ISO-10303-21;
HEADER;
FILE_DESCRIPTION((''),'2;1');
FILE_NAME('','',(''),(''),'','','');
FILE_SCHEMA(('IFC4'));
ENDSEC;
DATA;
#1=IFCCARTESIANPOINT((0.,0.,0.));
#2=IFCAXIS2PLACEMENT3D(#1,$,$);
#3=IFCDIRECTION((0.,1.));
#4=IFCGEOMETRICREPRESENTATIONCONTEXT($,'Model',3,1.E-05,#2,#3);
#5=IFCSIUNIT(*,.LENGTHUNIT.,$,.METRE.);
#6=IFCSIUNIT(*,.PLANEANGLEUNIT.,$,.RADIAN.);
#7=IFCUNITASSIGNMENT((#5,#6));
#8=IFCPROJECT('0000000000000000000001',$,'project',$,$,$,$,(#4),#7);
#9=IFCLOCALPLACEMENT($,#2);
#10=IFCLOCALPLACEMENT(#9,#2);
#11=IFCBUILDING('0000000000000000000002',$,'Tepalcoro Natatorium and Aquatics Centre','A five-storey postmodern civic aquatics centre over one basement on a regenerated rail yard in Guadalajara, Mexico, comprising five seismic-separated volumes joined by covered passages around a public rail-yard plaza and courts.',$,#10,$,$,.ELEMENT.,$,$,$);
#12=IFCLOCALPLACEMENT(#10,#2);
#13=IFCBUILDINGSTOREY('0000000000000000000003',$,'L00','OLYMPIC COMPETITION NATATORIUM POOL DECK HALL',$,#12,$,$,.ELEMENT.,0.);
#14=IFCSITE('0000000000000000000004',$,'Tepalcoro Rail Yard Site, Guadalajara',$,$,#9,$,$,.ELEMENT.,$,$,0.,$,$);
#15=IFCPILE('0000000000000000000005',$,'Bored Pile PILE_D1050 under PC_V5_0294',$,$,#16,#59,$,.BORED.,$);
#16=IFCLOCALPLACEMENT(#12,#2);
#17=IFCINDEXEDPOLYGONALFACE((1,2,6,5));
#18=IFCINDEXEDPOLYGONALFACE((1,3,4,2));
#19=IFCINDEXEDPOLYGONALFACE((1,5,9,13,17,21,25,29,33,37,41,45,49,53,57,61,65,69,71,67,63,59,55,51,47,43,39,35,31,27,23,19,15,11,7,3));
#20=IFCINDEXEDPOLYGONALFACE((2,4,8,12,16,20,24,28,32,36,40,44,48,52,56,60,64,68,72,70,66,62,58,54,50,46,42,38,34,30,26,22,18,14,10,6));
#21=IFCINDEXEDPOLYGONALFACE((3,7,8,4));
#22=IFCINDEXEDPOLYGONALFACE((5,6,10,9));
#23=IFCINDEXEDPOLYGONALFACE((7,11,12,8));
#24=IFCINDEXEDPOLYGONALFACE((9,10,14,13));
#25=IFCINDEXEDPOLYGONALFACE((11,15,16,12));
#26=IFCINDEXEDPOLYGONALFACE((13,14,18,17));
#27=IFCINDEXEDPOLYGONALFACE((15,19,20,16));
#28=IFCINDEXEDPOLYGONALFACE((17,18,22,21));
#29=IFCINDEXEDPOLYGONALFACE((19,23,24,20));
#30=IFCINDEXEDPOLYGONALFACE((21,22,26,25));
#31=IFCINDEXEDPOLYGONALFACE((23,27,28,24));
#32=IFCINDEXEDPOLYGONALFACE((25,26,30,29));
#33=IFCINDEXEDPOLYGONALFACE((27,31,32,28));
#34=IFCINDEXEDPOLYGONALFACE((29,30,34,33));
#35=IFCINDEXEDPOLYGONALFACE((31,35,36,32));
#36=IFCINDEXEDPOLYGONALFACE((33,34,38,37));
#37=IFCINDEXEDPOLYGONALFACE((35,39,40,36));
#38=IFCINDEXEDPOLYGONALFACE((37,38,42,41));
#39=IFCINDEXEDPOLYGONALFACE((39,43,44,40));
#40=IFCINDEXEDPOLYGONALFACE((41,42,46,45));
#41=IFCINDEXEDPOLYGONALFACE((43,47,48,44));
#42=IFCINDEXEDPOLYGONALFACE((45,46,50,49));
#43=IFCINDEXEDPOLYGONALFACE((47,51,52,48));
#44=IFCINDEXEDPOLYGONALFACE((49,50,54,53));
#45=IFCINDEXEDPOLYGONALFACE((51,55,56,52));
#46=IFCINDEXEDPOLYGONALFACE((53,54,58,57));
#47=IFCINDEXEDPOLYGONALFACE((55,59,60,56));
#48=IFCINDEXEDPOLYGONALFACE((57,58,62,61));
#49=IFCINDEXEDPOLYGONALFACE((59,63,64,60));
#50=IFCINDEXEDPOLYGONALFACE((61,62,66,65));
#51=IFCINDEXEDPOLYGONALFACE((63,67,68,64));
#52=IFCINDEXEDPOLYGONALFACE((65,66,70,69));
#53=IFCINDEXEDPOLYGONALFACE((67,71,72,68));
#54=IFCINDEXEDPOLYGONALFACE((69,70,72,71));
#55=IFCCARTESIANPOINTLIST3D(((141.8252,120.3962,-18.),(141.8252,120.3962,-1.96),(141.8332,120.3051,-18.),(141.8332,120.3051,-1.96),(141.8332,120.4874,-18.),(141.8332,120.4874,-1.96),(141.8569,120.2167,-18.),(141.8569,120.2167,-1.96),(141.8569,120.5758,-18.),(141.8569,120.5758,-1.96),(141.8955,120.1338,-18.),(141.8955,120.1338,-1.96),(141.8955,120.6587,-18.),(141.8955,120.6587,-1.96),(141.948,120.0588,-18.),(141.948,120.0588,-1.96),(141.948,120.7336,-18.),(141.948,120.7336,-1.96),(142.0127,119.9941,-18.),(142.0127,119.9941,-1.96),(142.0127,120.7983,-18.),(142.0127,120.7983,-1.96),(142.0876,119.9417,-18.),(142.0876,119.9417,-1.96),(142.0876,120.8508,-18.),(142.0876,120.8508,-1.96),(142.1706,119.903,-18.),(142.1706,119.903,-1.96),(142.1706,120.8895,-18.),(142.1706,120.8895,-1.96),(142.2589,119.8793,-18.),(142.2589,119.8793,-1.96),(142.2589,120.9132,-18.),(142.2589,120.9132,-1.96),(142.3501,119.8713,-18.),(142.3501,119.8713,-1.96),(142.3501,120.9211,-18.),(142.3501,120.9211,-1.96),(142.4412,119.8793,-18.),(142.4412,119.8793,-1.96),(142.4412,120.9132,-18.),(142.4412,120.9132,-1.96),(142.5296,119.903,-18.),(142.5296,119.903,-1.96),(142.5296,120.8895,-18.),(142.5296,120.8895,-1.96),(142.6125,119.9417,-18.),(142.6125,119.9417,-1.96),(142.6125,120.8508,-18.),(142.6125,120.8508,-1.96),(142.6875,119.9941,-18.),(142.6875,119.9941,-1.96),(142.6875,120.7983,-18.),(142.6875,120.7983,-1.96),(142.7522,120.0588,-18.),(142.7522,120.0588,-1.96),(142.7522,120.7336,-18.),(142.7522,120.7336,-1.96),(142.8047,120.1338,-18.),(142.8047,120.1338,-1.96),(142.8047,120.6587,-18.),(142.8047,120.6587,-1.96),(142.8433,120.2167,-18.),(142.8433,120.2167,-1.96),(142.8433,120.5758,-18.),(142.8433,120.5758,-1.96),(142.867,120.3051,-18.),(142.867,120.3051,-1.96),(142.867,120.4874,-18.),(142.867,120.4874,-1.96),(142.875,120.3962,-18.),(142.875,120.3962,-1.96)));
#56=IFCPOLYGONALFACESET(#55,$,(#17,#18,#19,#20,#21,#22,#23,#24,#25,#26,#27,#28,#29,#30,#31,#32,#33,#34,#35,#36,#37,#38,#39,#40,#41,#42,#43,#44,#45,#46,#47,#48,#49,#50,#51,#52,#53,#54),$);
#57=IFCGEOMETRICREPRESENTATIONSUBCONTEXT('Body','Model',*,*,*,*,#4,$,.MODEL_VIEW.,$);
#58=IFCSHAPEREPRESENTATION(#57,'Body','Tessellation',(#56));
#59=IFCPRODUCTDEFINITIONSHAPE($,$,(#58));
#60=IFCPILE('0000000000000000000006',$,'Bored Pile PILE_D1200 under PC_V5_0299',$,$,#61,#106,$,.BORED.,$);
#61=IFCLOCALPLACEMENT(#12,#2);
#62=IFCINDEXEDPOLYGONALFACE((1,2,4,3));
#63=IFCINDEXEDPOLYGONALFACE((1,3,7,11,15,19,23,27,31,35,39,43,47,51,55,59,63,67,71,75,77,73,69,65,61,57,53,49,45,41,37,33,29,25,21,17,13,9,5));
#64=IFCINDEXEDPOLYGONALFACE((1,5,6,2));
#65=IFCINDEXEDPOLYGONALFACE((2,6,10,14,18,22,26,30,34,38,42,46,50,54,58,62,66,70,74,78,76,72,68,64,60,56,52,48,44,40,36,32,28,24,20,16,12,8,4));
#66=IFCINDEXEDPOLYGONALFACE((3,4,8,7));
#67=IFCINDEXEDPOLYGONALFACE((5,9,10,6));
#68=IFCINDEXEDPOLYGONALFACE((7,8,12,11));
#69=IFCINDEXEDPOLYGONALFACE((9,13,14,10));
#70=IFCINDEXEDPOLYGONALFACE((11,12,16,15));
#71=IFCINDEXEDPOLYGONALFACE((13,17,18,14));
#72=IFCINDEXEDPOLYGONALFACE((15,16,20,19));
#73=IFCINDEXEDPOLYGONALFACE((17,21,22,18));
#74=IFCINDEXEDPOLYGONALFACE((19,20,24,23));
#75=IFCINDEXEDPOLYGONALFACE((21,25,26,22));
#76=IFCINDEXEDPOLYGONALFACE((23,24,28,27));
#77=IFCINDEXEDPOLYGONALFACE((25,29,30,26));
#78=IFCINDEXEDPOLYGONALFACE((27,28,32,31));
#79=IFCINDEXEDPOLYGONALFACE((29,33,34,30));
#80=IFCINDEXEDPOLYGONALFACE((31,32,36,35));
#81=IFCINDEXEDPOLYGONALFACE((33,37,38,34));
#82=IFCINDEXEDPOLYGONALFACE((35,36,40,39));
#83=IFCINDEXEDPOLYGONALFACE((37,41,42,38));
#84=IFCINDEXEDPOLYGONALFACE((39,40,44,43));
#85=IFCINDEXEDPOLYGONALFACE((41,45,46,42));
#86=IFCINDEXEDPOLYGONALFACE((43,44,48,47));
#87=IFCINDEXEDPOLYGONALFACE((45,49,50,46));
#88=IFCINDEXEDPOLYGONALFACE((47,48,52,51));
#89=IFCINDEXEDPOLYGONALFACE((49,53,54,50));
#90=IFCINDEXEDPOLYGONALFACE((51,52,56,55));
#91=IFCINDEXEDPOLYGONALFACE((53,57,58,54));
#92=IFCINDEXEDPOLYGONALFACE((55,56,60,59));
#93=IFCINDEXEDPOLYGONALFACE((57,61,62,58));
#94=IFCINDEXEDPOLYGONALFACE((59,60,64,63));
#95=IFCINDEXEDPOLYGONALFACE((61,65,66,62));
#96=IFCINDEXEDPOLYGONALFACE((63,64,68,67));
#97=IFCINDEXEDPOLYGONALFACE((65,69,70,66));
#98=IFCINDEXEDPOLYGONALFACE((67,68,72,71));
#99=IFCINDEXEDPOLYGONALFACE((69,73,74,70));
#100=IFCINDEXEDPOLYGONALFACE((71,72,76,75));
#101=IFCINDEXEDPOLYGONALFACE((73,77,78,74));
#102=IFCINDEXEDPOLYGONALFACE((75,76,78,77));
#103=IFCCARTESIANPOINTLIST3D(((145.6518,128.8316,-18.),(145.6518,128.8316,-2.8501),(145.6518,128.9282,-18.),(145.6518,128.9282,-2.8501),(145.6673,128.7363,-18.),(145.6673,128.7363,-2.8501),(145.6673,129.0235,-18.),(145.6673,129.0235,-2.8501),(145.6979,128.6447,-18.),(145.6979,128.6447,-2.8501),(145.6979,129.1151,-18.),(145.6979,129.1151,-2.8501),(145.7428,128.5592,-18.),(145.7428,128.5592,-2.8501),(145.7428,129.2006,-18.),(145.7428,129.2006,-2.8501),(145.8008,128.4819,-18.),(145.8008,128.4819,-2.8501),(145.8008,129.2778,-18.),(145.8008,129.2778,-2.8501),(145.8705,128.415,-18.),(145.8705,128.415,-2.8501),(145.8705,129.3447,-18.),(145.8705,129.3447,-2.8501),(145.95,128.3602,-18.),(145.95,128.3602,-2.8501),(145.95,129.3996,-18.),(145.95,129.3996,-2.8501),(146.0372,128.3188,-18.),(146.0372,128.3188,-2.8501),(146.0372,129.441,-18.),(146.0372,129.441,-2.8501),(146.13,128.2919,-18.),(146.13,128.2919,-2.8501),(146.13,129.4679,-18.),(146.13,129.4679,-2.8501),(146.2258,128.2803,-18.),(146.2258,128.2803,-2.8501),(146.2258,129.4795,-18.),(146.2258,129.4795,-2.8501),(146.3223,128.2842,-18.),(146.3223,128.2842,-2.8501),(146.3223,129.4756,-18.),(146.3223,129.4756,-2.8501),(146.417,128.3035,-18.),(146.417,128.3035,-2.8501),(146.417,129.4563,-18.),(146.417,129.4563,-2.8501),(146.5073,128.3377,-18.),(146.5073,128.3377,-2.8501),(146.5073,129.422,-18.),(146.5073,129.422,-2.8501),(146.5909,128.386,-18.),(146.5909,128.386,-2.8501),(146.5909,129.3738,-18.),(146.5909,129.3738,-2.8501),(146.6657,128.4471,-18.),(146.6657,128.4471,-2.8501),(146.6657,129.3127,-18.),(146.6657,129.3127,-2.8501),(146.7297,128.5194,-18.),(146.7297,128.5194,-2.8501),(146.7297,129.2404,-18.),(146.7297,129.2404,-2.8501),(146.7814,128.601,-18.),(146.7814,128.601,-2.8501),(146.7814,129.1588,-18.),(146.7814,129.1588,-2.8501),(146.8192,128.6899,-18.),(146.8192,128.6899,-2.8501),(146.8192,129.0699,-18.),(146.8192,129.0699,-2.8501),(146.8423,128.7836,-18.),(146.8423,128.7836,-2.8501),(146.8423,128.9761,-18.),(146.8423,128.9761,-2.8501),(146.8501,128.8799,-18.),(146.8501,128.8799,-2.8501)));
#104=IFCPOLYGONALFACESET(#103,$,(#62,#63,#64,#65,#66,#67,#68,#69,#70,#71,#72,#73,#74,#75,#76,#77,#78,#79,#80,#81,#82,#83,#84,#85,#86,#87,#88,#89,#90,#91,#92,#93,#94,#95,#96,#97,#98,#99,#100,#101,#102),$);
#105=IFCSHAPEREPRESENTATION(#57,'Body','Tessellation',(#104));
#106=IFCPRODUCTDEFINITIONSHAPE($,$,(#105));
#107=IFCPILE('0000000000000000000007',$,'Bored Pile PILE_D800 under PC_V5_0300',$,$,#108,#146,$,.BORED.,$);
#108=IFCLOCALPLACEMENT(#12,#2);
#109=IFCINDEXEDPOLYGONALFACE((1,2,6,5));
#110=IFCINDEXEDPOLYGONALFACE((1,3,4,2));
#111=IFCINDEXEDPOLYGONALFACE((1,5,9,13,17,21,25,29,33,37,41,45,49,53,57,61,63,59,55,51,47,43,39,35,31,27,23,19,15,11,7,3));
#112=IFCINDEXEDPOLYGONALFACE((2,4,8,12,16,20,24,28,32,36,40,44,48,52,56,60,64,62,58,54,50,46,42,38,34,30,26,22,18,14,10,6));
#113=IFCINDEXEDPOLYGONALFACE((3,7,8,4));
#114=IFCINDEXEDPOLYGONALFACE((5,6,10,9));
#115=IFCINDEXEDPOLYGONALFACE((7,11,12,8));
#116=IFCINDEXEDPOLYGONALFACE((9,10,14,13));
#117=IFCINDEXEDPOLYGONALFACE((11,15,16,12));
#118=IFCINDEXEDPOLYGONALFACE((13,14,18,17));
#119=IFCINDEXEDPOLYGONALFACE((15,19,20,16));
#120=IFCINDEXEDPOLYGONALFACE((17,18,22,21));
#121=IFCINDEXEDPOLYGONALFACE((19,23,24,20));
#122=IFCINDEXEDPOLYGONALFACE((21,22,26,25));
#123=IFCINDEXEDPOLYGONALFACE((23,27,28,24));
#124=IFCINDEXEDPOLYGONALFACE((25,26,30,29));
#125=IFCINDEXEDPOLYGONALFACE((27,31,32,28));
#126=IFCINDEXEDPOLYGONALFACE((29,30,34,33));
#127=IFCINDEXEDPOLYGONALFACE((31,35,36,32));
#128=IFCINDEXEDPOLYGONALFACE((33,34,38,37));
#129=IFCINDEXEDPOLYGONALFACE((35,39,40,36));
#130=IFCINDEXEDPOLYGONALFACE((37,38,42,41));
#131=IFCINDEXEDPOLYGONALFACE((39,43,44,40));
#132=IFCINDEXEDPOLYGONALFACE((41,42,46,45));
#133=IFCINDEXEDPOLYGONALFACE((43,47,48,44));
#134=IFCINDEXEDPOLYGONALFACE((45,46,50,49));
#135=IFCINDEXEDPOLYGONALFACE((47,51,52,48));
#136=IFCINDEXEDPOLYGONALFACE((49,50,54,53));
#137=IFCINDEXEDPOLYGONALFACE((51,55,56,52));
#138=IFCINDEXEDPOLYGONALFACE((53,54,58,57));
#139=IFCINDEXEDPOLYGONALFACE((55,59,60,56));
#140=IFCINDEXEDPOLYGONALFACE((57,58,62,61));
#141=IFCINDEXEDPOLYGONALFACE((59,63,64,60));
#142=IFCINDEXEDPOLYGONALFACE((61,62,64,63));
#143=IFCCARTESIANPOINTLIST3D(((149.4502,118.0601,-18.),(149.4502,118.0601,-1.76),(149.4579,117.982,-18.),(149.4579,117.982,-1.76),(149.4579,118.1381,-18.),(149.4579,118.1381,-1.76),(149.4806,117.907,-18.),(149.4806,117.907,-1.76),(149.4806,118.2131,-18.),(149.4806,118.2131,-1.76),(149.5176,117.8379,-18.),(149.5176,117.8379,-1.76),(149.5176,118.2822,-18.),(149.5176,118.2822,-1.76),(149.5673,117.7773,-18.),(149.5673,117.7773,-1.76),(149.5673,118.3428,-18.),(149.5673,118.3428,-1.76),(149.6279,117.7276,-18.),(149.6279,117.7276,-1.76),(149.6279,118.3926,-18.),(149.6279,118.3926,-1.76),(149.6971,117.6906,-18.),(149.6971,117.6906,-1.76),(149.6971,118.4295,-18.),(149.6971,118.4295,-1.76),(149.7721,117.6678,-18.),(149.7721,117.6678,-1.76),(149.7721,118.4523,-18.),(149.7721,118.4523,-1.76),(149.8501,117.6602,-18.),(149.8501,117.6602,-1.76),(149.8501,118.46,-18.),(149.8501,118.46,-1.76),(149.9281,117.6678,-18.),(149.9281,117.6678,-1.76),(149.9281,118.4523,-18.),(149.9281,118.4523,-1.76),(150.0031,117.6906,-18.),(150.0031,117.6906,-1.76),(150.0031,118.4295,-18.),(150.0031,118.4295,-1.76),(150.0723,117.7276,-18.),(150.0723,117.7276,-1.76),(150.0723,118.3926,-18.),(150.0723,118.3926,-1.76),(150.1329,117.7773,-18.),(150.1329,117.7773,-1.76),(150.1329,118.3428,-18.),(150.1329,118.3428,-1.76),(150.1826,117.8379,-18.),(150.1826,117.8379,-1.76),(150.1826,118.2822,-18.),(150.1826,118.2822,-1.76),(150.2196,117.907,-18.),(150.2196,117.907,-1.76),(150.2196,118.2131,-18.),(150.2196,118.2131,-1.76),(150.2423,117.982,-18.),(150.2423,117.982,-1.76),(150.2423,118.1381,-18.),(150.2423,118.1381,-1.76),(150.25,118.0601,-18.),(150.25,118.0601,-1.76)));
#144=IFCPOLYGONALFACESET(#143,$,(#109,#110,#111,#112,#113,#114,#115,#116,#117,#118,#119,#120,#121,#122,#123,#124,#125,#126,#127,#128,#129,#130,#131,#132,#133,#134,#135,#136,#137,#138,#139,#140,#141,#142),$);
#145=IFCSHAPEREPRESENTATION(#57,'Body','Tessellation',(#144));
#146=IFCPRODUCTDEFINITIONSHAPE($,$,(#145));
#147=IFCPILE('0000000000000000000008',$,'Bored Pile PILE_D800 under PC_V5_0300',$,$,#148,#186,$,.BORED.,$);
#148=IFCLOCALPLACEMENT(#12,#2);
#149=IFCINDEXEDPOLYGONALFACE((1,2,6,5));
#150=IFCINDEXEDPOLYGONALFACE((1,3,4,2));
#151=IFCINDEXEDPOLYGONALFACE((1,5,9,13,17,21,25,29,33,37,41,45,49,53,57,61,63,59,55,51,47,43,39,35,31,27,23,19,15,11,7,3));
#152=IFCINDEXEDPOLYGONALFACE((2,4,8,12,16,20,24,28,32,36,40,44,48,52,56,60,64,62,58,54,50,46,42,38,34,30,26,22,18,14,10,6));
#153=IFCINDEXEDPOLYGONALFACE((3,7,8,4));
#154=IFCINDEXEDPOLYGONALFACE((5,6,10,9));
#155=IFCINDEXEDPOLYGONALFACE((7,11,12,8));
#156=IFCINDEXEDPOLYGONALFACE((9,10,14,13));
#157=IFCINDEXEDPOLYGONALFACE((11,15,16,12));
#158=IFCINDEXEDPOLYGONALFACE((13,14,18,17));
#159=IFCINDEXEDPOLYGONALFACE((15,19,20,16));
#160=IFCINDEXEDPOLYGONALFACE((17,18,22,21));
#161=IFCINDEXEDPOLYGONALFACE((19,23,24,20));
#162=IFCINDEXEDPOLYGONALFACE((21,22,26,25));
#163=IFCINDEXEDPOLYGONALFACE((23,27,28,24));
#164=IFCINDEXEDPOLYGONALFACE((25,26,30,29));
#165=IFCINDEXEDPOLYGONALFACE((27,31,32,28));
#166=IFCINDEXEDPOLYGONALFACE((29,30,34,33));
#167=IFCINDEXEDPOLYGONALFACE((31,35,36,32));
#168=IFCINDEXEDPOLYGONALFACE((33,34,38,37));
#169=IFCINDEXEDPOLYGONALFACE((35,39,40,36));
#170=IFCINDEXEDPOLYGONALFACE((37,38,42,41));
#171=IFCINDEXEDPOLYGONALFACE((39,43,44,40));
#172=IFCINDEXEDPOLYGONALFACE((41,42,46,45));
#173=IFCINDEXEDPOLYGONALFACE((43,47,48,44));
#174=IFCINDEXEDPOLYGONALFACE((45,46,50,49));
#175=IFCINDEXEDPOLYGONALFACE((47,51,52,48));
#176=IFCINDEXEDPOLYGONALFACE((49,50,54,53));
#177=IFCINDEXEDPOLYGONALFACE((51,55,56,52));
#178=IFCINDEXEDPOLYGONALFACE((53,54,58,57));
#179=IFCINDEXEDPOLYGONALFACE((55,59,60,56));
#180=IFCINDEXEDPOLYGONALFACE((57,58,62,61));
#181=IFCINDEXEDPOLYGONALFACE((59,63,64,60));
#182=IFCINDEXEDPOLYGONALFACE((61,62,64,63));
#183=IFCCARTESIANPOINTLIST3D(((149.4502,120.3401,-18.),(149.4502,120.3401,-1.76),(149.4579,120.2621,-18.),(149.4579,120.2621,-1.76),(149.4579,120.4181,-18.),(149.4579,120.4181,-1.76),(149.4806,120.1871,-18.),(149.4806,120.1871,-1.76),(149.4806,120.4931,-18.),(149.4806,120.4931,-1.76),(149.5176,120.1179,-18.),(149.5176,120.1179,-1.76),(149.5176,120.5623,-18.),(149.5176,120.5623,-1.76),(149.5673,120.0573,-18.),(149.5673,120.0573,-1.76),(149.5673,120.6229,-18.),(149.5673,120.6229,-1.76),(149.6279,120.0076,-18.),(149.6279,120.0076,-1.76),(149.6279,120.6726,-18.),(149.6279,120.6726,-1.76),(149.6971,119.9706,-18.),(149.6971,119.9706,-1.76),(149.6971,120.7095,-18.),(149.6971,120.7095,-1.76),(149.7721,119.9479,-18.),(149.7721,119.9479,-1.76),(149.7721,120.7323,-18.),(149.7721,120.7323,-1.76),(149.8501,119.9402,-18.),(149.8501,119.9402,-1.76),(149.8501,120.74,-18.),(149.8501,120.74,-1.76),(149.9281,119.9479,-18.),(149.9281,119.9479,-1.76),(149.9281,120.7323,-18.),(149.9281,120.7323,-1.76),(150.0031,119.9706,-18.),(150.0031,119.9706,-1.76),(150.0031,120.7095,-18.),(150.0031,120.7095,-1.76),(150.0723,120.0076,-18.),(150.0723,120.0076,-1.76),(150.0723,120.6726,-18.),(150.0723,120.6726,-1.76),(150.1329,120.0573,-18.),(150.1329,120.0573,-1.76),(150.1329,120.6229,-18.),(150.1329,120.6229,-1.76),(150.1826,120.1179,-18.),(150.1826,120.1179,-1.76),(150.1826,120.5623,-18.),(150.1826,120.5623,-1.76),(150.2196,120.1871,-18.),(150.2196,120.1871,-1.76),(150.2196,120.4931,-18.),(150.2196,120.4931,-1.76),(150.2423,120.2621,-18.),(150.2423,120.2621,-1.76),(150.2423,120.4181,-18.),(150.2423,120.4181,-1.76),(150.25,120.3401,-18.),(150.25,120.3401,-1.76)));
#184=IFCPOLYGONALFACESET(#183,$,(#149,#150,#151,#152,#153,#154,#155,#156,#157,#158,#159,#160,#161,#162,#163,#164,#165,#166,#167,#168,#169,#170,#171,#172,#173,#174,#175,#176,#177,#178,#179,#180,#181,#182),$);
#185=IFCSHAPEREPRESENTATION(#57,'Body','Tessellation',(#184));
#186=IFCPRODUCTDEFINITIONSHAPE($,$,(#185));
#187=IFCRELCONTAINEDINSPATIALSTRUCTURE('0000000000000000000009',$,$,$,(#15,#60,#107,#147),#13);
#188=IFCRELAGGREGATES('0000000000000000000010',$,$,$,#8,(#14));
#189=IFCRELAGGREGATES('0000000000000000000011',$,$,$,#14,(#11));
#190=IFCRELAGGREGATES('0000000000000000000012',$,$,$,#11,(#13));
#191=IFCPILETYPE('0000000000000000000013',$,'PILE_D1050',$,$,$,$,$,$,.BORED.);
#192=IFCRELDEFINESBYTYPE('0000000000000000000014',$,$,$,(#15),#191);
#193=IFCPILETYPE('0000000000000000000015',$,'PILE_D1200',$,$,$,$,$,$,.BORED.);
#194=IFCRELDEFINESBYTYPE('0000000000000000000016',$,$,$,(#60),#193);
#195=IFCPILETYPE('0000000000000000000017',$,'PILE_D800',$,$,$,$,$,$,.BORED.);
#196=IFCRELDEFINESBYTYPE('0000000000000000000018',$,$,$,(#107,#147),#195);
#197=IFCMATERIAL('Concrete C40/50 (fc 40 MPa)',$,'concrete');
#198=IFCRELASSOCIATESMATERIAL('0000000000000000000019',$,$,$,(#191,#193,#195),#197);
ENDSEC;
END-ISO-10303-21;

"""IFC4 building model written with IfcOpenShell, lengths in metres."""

from ifc_helpers import new_model, si_unit, direction, frame, origin, origin_2d, place, context, subcontext, project, spatial, circle, extrude, material, material_profile, profile_set, type_object, element, save


model = new_model("IFC4")

# Units and contexts
model_context = context("Model", 3, precision=1e-05, world=origin(), true_north=direction((0.0, 1.0)))
body_context = subcontext(model_context, "Body", "Model", "MODEL_VIEW")
ifc_project = project(units=[si_unit("LENGTHUNIT", "METRE"), si_unit("PLANEANGLEUNIT", "RADIAN")], contexts=[model_context])

# Site, building, storey
site_placement = place(None, origin())
site = spatial("IfcSite", under=ifc_project, at=site_placement, Name="Tepalcoro Rail Yard Site, Guadalajara", CompositionType="ELEMENT", RefElevation=0.0)
building_placement = place(site_placement, origin())
building = spatial("IfcBuilding", under=site, at=building_placement, Name="Tepalcoro Natatorium and Aquatics Centre", Description="A five-storey postmodern civic aquatics centre over one basement on a regenerated rail yard in Guadalajara, Mexico, comprising five seismic-separated volumes joined by covered passages around a public rail-yard plaza and courts.", CompositionType="ELEMENT")
storey_placement = place(building_placement, origin())
storey = spatial("IfcBuildingStorey", under=building, at=storey_placement, Name="L00", Description="OLYMPIC COMPETITION NATATORIUM POOL DECK HALL", CompositionType="ELEMENT", Elevation=0.0)

# Piles
ifc_material_1 = material(Name="Concrete C40/50 (fc 40 MPa)", Category="concrete")
ifc_material_profile_1 = material_profile(ifc_material_1, circle(Radius=0.5249, at=origin_2d()), Name="PILE_D1050")
ifc_profile_set_1 = profile_set([ifc_material_profile_1], Name="Concrete C40/50 (fc 40 MPa)")
pile_type_1 = type_object("IfcPileType", Name="PILE_D1050", PredefinedType="BORED", material=ifc_profile_set_1)
pile_1_placement = place(storey_placement, frame((142.3501, 120.3962, -1.96), z_axis=(0.0, 0.0, -1.0), x_axis=(1.0, 0.0, 0.0)))
element("IfcPile", 1, at=pile_1_placement, inside=storey, type_object=pile_type_1, Name="Bored Pile PILE_D1050 under PC_V5_0294", PredefinedType="BORED", context=body_context, shape_type="SweptSolid", body=[
    extrude(circle(Radius=0.5249, at=origin_2d()), origin(), (0.0, 0.0, 1.0), 16.04),
])
ifc_material_profile_2 = material_profile(ifc_material_1, circle(Radius=0.6001, at=origin_2d()), Name="PILE_D1200")
ifc_profile_set_2 = profile_set([ifc_material_profile_2], Name="Concrete C40/50 (fc 40 MPa)")
pile_type_2 = type_object("IfcPileType", Name="PILE_D1200", PredefinedType="BORED", material=ifc_profile_set_2)
pile_2_placement = place(storey_placement, frame((146.25, 128.8799, -2.8501), z_axis=(0.0, 0.0, -1.0), x_axis=(1.0, 0.0, 0.0)))
element("IfcPile", 2, at=pile_2_placement, inside=storey, type_object=pile_type_2, Name="Bored Pile PILE_D1200 under PC_V5_0299", PredefinedType="BORED", context=body_context, shape_type="SweptSolid", body=[
    extrude(circle(Radius=0.6001, at=origin_2d()), origin(), (0.0, 0.0, 1.0), 15.1499),
])
ifc_material_profile_3 = material_profile(ifc_material_1, circle(Radius=0.3999, at=origin_2d()), Name="PILE_D800")
ifc_profile_set_3 = profile_set([ifc_material_profile_3], Name="Concrete C40/50 (fc 40 MPa)")
pile_type_3 = type_object("IfcPileType", Name="PILE_D800", PredefinedType="BORED", material=ifc_profile_set_3)
for number, where, z_axis, x_axis, name in (
    (3, (149.8501, 118.0601, -1.76), (0.0, 0.0, -1.0), (1.0, 0.0, 0.0), "Bored Pile PILE_D800 under PC_V5_0300"),
    (4, (149.8501, 120.3401, -1.76), (0.0, 0.0, -1.0), (1.0, 0.0, 0.0), "Bored Pile PILE_D800 under PC_V5_0300"),
):
    element("IfcPile", number, at=place(storey_placement, frame(where, z_axis=z_axis, x_axis=x_axis)), inside=storey, type_object=pile_type_3, Name=name, PredefinedType="BORED", context=body_context, shape_type="SweptSolid", body=[
        extrude(circle(Radius=0.3999, at=origin_2d()), origin(), (0.0, 0.0, 1.0), 16.24),
    ])

save(model, "model.ifc")
